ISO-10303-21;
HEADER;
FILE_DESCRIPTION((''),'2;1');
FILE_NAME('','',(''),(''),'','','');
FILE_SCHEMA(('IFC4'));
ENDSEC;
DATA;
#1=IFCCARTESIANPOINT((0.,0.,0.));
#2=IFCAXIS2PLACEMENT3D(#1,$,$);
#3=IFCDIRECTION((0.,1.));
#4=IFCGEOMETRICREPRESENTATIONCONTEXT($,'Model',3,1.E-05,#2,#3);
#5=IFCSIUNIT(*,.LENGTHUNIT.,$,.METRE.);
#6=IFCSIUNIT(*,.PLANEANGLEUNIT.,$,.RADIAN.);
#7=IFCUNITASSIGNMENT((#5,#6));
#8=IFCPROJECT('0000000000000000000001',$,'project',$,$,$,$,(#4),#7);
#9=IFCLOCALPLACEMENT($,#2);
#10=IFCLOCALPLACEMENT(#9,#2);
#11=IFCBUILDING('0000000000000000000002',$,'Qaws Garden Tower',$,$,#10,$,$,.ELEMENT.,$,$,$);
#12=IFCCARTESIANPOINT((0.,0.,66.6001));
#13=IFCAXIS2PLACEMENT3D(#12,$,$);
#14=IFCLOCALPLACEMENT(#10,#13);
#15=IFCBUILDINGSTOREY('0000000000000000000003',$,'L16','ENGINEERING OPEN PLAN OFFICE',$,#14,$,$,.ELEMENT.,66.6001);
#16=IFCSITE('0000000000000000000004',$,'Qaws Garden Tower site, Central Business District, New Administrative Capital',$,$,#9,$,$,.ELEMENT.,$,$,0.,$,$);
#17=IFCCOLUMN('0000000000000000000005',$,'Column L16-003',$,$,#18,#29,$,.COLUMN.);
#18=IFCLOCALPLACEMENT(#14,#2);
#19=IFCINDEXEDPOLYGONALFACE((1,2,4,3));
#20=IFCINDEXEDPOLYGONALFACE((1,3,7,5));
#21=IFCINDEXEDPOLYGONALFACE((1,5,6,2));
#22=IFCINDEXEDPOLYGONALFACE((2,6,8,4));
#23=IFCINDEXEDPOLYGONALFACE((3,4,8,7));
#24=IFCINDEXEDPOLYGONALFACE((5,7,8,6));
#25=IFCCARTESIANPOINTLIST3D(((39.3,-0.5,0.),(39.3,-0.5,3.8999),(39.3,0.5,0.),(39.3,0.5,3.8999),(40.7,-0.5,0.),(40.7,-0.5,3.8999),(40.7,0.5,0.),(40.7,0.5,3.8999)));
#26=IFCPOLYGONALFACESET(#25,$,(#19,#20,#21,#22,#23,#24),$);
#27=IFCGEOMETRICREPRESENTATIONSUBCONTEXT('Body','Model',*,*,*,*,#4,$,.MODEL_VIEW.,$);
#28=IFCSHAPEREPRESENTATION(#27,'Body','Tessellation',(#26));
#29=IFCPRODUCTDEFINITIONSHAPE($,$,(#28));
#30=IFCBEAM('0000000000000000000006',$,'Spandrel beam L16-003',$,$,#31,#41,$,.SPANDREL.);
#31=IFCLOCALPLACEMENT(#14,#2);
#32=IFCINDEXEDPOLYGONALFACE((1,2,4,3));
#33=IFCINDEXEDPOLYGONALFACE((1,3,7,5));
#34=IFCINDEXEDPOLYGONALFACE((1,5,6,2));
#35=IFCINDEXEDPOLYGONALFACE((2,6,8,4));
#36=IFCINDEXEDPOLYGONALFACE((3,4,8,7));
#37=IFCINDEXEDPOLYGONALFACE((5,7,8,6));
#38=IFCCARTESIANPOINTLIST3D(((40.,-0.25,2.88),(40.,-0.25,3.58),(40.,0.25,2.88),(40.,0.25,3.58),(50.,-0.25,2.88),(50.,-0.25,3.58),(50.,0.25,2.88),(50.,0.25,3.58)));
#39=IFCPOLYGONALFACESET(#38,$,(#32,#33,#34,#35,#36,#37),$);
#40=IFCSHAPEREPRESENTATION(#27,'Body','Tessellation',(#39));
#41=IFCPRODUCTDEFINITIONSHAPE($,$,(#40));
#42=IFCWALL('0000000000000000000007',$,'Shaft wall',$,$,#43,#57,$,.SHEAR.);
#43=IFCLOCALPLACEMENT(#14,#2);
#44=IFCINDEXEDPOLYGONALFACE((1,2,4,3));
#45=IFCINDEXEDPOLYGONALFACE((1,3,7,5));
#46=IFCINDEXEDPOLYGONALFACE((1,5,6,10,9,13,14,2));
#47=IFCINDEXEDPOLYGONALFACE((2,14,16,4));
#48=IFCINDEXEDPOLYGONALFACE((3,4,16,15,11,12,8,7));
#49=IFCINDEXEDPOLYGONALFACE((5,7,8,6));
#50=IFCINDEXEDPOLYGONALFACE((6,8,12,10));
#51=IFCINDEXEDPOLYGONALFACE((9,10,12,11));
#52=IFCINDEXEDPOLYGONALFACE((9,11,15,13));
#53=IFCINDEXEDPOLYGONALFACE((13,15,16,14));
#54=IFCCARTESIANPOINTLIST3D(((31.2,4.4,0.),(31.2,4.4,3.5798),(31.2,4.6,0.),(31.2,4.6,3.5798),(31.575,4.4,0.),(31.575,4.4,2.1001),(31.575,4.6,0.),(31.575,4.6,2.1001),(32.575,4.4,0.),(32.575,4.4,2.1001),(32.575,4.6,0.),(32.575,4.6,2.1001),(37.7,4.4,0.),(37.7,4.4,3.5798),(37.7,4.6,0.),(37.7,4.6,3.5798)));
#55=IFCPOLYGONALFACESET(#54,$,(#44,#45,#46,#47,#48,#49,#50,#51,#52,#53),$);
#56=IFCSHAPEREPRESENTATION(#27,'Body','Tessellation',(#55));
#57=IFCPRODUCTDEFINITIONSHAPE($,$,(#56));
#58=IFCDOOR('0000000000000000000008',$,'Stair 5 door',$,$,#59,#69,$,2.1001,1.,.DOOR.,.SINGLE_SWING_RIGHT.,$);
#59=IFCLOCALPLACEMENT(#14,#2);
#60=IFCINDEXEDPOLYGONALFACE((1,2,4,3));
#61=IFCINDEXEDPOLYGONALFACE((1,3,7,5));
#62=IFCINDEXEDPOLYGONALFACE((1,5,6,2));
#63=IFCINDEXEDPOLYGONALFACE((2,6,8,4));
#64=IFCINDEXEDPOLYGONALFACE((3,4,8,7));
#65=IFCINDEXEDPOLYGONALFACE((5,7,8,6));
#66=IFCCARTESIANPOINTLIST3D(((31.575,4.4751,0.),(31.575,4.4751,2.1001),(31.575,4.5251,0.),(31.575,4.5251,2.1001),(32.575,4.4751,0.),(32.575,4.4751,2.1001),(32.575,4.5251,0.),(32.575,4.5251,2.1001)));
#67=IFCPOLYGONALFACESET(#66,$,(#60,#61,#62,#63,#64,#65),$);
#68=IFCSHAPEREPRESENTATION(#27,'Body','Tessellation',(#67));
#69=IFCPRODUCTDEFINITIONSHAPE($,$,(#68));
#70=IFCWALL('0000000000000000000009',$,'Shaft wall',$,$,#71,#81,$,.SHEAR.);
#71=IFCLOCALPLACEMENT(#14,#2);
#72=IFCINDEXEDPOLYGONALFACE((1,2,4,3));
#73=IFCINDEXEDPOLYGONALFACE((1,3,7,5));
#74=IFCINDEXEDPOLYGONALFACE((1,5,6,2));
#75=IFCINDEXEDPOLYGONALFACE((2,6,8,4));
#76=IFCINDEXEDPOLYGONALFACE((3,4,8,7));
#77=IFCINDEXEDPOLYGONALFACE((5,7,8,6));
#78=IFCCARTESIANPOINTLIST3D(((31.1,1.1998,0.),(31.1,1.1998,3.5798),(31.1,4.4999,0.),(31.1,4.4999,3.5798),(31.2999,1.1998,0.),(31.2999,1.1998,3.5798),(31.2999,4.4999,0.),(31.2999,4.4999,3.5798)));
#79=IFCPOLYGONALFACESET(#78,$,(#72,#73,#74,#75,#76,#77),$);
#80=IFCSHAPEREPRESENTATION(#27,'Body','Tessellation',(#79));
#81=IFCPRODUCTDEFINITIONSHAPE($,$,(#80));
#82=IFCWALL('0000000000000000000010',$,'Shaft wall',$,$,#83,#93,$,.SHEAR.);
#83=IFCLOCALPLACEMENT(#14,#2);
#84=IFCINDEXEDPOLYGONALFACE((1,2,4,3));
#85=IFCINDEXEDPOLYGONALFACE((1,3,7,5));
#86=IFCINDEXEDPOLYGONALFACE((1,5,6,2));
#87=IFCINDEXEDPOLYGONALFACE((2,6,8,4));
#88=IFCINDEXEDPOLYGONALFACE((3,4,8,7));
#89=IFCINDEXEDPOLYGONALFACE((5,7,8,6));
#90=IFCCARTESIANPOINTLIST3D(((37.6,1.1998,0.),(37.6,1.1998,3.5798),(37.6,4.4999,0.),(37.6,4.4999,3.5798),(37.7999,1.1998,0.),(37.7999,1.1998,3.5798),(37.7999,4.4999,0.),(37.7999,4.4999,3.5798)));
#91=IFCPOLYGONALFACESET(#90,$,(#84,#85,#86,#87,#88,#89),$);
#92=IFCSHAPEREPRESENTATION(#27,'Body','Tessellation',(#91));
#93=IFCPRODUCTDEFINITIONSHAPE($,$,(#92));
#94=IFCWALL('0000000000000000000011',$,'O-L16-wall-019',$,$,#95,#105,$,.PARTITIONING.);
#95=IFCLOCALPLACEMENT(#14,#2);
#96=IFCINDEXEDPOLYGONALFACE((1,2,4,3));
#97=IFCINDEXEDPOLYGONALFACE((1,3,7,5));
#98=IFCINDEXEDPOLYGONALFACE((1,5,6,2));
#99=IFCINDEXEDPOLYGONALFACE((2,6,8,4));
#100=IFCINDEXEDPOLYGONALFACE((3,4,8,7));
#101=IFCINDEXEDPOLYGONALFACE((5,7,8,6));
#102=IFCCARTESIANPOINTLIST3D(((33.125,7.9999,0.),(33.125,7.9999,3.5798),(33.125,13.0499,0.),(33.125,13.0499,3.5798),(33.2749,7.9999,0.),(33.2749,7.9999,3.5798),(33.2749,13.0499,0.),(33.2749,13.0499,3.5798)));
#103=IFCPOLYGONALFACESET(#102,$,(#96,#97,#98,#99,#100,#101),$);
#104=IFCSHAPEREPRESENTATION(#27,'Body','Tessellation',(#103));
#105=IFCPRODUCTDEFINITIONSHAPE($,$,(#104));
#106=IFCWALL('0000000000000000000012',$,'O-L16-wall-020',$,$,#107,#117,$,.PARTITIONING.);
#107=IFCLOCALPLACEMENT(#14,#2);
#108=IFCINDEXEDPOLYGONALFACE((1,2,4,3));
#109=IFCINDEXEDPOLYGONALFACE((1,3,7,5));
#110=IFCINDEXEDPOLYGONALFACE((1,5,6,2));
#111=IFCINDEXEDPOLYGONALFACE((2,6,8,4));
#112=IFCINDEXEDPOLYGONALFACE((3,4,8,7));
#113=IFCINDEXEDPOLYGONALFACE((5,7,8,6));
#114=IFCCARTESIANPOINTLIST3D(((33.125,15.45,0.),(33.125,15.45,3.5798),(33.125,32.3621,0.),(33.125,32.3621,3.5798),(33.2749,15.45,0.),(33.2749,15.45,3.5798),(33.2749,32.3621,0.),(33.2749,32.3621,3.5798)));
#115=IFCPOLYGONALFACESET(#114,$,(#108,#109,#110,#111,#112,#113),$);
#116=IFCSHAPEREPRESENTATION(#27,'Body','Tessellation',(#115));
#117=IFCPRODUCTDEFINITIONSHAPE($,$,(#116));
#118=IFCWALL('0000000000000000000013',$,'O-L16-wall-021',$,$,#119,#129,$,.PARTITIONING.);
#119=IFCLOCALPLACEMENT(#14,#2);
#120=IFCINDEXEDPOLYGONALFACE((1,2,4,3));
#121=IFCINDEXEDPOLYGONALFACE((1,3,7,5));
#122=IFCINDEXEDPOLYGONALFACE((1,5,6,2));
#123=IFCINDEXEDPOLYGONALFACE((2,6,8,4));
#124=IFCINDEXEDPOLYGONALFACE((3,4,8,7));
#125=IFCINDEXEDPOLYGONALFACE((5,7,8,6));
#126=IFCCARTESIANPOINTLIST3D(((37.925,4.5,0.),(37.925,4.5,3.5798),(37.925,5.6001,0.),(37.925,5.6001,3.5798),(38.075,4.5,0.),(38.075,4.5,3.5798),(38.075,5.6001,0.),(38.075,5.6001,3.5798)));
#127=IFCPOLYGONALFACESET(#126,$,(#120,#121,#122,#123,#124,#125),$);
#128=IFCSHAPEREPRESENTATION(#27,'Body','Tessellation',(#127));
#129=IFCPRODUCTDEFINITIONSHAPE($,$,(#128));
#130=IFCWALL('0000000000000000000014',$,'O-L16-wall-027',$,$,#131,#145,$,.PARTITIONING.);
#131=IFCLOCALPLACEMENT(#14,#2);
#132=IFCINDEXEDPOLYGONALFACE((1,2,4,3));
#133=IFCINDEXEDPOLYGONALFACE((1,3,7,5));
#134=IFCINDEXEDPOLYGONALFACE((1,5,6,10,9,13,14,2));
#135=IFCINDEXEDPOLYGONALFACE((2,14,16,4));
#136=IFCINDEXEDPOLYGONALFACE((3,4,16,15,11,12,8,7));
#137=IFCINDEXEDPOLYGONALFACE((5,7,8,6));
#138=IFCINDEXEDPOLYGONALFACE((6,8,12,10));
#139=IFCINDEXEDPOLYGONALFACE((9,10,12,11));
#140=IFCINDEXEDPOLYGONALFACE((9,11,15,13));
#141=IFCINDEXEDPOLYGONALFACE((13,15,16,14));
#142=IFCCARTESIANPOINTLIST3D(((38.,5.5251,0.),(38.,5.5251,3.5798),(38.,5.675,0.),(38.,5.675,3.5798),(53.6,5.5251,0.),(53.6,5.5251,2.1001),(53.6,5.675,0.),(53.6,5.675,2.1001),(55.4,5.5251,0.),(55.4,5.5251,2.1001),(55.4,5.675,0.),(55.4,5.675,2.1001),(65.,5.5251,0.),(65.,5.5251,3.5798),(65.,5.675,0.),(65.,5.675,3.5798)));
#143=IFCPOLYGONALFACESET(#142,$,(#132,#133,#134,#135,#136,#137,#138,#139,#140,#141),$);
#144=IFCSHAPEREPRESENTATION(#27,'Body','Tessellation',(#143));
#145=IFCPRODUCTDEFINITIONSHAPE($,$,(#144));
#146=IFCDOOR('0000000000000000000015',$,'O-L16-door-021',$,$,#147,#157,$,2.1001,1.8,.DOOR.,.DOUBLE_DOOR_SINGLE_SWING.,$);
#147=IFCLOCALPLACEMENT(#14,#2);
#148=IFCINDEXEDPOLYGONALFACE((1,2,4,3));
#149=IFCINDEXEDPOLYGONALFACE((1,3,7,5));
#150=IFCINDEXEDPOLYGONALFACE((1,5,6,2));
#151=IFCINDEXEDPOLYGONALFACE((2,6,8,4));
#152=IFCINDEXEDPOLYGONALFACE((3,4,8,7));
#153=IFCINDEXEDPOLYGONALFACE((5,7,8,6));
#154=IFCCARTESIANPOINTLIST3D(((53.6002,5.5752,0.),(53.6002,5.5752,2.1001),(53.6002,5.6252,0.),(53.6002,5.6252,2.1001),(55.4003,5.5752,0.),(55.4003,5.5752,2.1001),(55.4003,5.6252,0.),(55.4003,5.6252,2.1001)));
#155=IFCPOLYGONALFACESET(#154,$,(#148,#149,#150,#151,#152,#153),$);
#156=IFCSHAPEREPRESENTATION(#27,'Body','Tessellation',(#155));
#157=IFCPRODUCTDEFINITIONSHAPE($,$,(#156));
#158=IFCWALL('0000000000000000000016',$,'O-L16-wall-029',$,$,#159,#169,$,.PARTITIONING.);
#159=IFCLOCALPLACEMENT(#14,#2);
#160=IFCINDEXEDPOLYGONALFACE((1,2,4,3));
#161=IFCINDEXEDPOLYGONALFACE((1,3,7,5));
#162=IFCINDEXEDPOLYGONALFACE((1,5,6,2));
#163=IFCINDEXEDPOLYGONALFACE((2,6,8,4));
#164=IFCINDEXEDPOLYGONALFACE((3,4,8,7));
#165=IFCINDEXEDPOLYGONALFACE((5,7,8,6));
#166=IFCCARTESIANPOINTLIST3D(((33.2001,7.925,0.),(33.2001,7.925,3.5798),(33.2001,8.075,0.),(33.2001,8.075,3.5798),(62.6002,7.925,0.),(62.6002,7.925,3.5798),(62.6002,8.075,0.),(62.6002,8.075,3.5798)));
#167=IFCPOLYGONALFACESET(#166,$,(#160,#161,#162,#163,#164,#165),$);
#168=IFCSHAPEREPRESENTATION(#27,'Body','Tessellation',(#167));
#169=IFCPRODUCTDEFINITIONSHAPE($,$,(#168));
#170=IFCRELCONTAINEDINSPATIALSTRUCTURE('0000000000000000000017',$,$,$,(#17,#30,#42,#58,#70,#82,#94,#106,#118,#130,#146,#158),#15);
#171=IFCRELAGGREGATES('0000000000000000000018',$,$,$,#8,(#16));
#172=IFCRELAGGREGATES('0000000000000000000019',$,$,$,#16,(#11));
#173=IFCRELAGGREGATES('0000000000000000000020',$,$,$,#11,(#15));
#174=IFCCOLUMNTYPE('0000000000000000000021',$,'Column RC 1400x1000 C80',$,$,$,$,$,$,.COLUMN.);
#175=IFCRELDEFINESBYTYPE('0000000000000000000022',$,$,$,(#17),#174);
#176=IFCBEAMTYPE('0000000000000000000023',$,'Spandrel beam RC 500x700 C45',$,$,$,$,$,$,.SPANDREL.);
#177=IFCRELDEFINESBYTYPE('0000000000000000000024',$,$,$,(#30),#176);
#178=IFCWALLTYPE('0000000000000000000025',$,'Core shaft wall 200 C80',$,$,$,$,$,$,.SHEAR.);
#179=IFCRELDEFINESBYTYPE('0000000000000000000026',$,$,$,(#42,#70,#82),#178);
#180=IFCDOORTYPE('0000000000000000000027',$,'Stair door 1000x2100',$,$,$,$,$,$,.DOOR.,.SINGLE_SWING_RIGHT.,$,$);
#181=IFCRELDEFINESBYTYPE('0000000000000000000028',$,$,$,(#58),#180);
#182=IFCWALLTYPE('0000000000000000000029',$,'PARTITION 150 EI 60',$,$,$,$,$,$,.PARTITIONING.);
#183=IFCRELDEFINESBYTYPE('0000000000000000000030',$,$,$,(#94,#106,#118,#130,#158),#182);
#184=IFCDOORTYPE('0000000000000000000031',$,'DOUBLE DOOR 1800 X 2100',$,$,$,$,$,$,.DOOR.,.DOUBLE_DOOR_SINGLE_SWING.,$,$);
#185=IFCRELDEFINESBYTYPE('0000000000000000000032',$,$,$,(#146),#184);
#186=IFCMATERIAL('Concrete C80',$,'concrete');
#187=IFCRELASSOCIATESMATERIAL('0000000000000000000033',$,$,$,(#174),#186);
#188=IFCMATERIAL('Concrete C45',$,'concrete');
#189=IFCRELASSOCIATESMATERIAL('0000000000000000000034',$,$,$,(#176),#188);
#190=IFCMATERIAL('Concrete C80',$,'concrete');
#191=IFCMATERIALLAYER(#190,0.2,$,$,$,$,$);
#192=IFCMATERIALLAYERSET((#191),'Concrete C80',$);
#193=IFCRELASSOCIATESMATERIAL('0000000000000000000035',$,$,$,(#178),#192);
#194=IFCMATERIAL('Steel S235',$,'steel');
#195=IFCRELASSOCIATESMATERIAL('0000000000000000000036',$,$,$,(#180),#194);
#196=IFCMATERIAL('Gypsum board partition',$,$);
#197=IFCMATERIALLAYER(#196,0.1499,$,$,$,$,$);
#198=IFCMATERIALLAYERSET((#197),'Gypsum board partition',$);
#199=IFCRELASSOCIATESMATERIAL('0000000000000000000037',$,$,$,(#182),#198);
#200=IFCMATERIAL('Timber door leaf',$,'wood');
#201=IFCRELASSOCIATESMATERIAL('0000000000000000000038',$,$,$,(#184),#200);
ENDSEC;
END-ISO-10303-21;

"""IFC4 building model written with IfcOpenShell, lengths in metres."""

from ifc_helpers import new_model, si_unit, direction, frame, frame_2d, origin, origin_2d, place, context, subcontext, project, spatial, rectangle, extrude, material, layer, layer_set, material_profile, profile_set, type_object, element, fill, save


model = new_model("IFC4")

# Units and contexts
model_context = context("Model", 3, precision=1e-05, world=origin(), true_north=direction((0.0, 1.0)))
body_context = subcontext(model_context, "Body", "Model", "MODEL_VIEW")
ifc_project = project(units=[si_unit("LENGTHUNIT", "METRE"), si_unit("PLANEANGLEUNIT", "RADIAN")], contexts=[model_context])

# Site, building, storey
site_placement = place(None, origin())
site = spatial("IfcSite", under=ifc_project, at=site_placement, Name="Qaws Garden Tower site, Central Business District, New Administrative Capital", CompositionType="ELEMENT", RefElevation=0.0)
building_placement = place(site_placement, origin())
building = spatial("IfcBuilding", under=site, at=building_placement, Name="Qaws Garden Tower", CompositionType="ELEMENT")
storey_placement = place(building_placement, frame((0.0, 0.0, 66.6001)))
storey = spatial("IfcBuildingStorey", under=building, at=storey_placement, Name="L16", Description="ENGINEERING OPEN PLAN OFFICE", CompositionType="ELEMENT", Elevation=66.6001)

# Column
ifc_material_1 = material(Name="Concrete C80", Category="concrete")
ifc_material_profile_1 = material_profile(ifc_material_1, rectangle(XDim=1.3999, YDim=1.0, at=origin_2d()), Name="RC 1400x1000")
ifc_profile_set_1 = profile_set([ifc_material_profile_1], Name="Concrete C80")
column_type = type_object("IfcColumnType", Name="Column RC 1400x1000 C80", PredefinedType="COLUMN", material=ifc_profile_set_1)
column_placement = place(storey_placement, frame((40.0, 0.0, 0.0), z_axis=(0.0, 0.0, 1.0), x_axis=(1.0, 0.0, 0.0)))
element("IfcColumn", 1, at=column_placement, inside=storey, type_object=column_type, Name="Column L16-003", PredefinedType="COLUMN", context=body_context, shape_type="SweptSolid", body=[
    extrude(rectangle(XDim=1.3999, YDim=1.0, at=origin_2d()), origin(), (0.0, 0.0, 1.0), 3.8999),
])

# Beam
ifc_material_2 = material(Name="Concrete C45", Category="concrete")
ifc_material_profile_2 = material_profile(ifc_material_2, rectangle(XDim=0.5, YDim=0.7, at=origin_2d()), Name="RC 500x700")
ifc_profile_set_2 = profile_set([ifc_material_profile_2], Name="Concrete C45")
beam_type = type_object("IfcBeamType", Name="Spandrel beam RC 500x700 C45", PredefinedType="SPANDREL", material=ifc_profile_set_2)
beam_placement = place(storey_placement, frame((40.0, 0.0, 3.23), z_axis=(1.0, 0.0, 0.0), x_axis=(0.0, 1.0, 0.0)))
element("IfcBeam", 2, at=beam_placement, inside=storey, type_object=beam_type, Name="Spandrel beam L16-003", PredefinedType="SPANDREL", context=body_context, shape_type="SweptSolid", body=[
    extrude(rectangle(XDim=0.5, YDim=0.7, at=origin_2d()), origin(), (0.0, 0.0, 1.0), 10.0),
])

# Wall, opening, door
ifc_material_3 = material(Name="Concrete C80", Category="concrete")
ifc_layer_1 = layer(ifc_material_3, 0.2)
ifc_layer_set_1 = layer_set([ifc_layer_1], Name="Concrete C80")
wall_type_1 = type_object("IfcWallType", Name="Core shaft wall 200 C80", PredefinedType="SHEAR", material=ifc_layer_set_1)
wall_1_placement = place(storey_placement, frame((31.2, 4.5, 0.0), z_axis=(0.0, 0.0, 1.0), x_axis=(1.0, 0.0, 0.0)))
wall_1 = element("IfcWall", 3, at=wall_1_placement, inside=storey, type_object=wall_type_1, Name="Shaft wall", PredefinedType="SHEAR", context=body_context, shape_type="SweptSolid", body=[
    extrude(rectangle(XDim=6.5, YDim=0.2, at=frame_2d((3.25, 0.0))), origin(), (0.0, 0.0, 1.0), 3.5798),
])
opening_1_placement = place(wall_1_placement, frame((0.375, 0.0, 0.0)))
opening_1 = element("IfcOpeningElement", 4, at=opening_1_placement, cuts=wall_1, PredefinedType="OPENING", context=body_context, shape_type="SweptSolid", body=[
    extrude(rectangle(XDim=1.0, YDim=2.1001, at=frame_2d((0.5, 1.05))), frame((0.0, 0.1099, 0.0), z_axis=(0.0, -1.0, 0.0), x_axis=(1.0, 0.0, 0.0)), (0.0, 0.0, 1.0), 0.22),
])
ifc_material_4 = material(Name="Steel S235", Category="steel")
door_type_1 = type_object("IfcDoorType", Name="Stair door 1000x2100", OperationType="SINGLE_SWING_RIGHT", PredefinedType="DOOR", material=ifc_material_4)
door_1_placement = place(opening_1_placement, frame((1.0, 0.0, 0.0), z_axis=(0.0, 0.0, 1.0), x_axis=(-1.0, 0.0, 0.0)))
door_1 = element("IfcDoor", 5, at=door_1_placement, inside=storey, type_object=door_type_1, Name="Stair 5 door", OperationType="SINGLE_SWING_RIGHT", OverallHeight=2.1001, OverallWidth=1.0, PredefinedType="DOOR", context=body_context, shape_type="SweptSolid", body=[
    extrude(rectangle(XDim=1.0, YDim=2.1001, at=frame_2d((0.5, 1.05))), frame((0.0, 0.0249, 0.0), z_axis=(0.0, -1.0, 0.0), x_axis=(1.0, 0.0, 0.0)), (0.0, 0.0, 1.0), 0.05),
])
fill(opening_1, door_1)

# Walls
for number, where, z_axis, x_axis, name in (
    (6, (31.2, 1.2, 0.0), (0.0, 0.0, 1.0), (0.0, 1.0, 0.0), "Shaft wall"),
    (7, (37.7, 1.2, 0.0), (0.0, 0.0, 1.0), (0.0, 1.0, 0.0), "Shaft wall"),
):
    element("IfcWall", number, at=place(storey_placement, frame(where, z_axis=z_axis, x_axis=x_axis)), inside=storey, type_object=wall_type_1, Name=name, PredefinedType="SHEAR", context=body_context, shape_type="SweptSolid", body=[
        extrude(rectangle(XDim=3.3, YDim=0.2, at=frame_2d((1.6499, 0.0))), origin(), (0.0, 0.0, 1.0), 3.5798),
    ])
ifc_material_5 = material(Name="Gypsum board partition")
ifc_layer_2 = layer(ifc_material_5, 0.1499)
ifc_layer_set_2 = layer_set([ifc_layer_2], Name="Gypsum board partition")
wall_type_2 = type_object("IfcWallType", Name="PARTITION 150 EI 60", PredefinedType="PARTITIONING", material=ifc_layer_set_2)
wall_2_placement = place(storey_placement, frame((33.2, 8.0, 0.0), z_axis=(0.0, 0.0, 1.0), x_axis=(0.0, 1.0, 0.0)))
element("IfcWall", 8, at=wall_2_placement, inside=storey, type_object=wall_type_2, Name="O-L16-wall-019", PredefinedType="PARTITIONING", context=body_context, shape_type="SweptSolid", body=[
    extrude(rectangle(XDim=5.05, YDim=0.1499, at=frame_2d((2.5249, 0.0))), origin(), (0.0, 0.0, 1.0), 3.5798),
])
wall_3_placement = place(storey_placement, frame((33.2, 15.45, 0.0), z_axis=(0.0, 0.0, 1.0), x_axis=(0.0, 1.0, 0.0)))
element("IfcWall", 9, at=wall_3_placement, inside=storey, type_object=wall_type_2, Name="O-L16-wall-020", PredefinedType="PARTITIONING", context=body_context, shape_type="SweptSolid", body=[
    extrude(rectangle(XDim=16.9121, YDim=0.1499, at=frame_2d((8.4561, 0.0))), origin(), (0.0, 0.0, 1.0), 3.5798),
])
wall_4_placement = place(storey_placement, frame((38.0, 4.5, 0.0), z_axis=(0.0, 0.0, 1.0), x_axis=(0.0, 1.0, 0.0)))
element("IfcWall", 10, at=wall_4_placement, inside=storey, type_object=wall_type_2, Name="O-L16-wall-021", PredefinedType="PARTITIONING", context=body_context, shape_type="SweptSolid", body=[
    extrude(rectangle(XDim=1.1001, YDim=0.1499, at=frame_2d((0.55, 0.0))), origin(), (0.0, 0.0, 1.0), 3.5798),
])

# Wall, opening, door
wall_5_placement = place(storey_placement, frame((38.0, 5.6001, 0.0), z_axis=(0.0, 0.0, 1.0), x_axis=(1.0, 0.0, 0.0)))
wall_5 = element("IfcWall", 11, at=wall_5_placement, inside=storey, type_object=wall_type_2, Name="O-L16-wall-027", PredefinedType="PARTITIONING", context=body_context, shape_type="SweptSolid", body=[
    extrude(rectangle(XDim=27.0, YDim=0.1499, at=frame_2d((13.5, 0.0))), origin(), (0.0, 0.0, 1.0), 3.5798),
])
opening_2_placement = place(wall_5_placement, frame((15.6001, 0.0, 0.0)))
opening_2 = element("IfcOpeningElement", 12, at=opening_2_placement, cuts=wall_5, PredefinedType="OPENING", context=body_context, shape_type="SweptSolid", body=[
    extrude(rectangle(XDim=1.8, YDim=2.1001, at=frame_2d((0.8999, 1.05))), frame((0.0, 0.085, 0.0), z_axis=(0.0, -1.0, 0.0), x_axis=(1.0, 0.0, 0.0)), (0.0, 0.0, 1.0), 0.1699),
])
ifc_material_6 = material(Name="Timber door leaf", Category="wood")
door_type_2 = type_object("IfcDoorType", Name="DOUBLE DOOR 1800 X 2100", OperationType="DOUBLE_DOOR_SINGLE_SWING", PredefinedType="DOOR", material=ifc_material_6)
door_2_placement = place(opening_2_placement, frame((1.8, 0.0, 0.0), z_axis=(0.0, 0.0, 1.0), x_axis=(-1.0, 0.0, 0.0)))
door_2 = element("IfcDoor", 13, at=door_2_placement, inside=storey, type_object=door_type_2, Name="O-L16-door-021", OperationType="DOUBLE_DOOR_SINGLE_SWING", OverallHeight=2.1001, OverallWidth=1.8, PredefinedType="DOOR", context=body_context, shape_type="SweptSolid", body=[
    extrude(rectangle(XDim=1.8, YDim=2.1001, at=frame_2d((0.8999, 1.05))), frame((0.0, 0.0249, 0.0), z_axis=(0.0, -1.0, 0.0), x_axis=(1.0, 0.0, 0.0)), (0.0, 0.0, 1.0), 0.05),
])
fill(opening_2, door_2)

# Wall
wall_6_placement = place(storey_placement, frame((33.2, 8.0, 0.0), z_axis=(0.0, 0.0, 1.0), x_axis=(1.0, 0.0, 0.0)))
element("IfcWall", 14, at=wall_6_placement, inside=storey, type_object=wall_type_2, Name="O-L16-wall-029", PredefinedType="PARTITIONING", context=body_context, shape_type="SweptSolid", body=[
    extrude(rectangle(XDim=29.4001, YDim=0.1499, at=frame_2d((14.7002, 0.0))), origin(), (0.0, 0.0, 1.0), 3.5798),
])

save(model, "model.ifc")
